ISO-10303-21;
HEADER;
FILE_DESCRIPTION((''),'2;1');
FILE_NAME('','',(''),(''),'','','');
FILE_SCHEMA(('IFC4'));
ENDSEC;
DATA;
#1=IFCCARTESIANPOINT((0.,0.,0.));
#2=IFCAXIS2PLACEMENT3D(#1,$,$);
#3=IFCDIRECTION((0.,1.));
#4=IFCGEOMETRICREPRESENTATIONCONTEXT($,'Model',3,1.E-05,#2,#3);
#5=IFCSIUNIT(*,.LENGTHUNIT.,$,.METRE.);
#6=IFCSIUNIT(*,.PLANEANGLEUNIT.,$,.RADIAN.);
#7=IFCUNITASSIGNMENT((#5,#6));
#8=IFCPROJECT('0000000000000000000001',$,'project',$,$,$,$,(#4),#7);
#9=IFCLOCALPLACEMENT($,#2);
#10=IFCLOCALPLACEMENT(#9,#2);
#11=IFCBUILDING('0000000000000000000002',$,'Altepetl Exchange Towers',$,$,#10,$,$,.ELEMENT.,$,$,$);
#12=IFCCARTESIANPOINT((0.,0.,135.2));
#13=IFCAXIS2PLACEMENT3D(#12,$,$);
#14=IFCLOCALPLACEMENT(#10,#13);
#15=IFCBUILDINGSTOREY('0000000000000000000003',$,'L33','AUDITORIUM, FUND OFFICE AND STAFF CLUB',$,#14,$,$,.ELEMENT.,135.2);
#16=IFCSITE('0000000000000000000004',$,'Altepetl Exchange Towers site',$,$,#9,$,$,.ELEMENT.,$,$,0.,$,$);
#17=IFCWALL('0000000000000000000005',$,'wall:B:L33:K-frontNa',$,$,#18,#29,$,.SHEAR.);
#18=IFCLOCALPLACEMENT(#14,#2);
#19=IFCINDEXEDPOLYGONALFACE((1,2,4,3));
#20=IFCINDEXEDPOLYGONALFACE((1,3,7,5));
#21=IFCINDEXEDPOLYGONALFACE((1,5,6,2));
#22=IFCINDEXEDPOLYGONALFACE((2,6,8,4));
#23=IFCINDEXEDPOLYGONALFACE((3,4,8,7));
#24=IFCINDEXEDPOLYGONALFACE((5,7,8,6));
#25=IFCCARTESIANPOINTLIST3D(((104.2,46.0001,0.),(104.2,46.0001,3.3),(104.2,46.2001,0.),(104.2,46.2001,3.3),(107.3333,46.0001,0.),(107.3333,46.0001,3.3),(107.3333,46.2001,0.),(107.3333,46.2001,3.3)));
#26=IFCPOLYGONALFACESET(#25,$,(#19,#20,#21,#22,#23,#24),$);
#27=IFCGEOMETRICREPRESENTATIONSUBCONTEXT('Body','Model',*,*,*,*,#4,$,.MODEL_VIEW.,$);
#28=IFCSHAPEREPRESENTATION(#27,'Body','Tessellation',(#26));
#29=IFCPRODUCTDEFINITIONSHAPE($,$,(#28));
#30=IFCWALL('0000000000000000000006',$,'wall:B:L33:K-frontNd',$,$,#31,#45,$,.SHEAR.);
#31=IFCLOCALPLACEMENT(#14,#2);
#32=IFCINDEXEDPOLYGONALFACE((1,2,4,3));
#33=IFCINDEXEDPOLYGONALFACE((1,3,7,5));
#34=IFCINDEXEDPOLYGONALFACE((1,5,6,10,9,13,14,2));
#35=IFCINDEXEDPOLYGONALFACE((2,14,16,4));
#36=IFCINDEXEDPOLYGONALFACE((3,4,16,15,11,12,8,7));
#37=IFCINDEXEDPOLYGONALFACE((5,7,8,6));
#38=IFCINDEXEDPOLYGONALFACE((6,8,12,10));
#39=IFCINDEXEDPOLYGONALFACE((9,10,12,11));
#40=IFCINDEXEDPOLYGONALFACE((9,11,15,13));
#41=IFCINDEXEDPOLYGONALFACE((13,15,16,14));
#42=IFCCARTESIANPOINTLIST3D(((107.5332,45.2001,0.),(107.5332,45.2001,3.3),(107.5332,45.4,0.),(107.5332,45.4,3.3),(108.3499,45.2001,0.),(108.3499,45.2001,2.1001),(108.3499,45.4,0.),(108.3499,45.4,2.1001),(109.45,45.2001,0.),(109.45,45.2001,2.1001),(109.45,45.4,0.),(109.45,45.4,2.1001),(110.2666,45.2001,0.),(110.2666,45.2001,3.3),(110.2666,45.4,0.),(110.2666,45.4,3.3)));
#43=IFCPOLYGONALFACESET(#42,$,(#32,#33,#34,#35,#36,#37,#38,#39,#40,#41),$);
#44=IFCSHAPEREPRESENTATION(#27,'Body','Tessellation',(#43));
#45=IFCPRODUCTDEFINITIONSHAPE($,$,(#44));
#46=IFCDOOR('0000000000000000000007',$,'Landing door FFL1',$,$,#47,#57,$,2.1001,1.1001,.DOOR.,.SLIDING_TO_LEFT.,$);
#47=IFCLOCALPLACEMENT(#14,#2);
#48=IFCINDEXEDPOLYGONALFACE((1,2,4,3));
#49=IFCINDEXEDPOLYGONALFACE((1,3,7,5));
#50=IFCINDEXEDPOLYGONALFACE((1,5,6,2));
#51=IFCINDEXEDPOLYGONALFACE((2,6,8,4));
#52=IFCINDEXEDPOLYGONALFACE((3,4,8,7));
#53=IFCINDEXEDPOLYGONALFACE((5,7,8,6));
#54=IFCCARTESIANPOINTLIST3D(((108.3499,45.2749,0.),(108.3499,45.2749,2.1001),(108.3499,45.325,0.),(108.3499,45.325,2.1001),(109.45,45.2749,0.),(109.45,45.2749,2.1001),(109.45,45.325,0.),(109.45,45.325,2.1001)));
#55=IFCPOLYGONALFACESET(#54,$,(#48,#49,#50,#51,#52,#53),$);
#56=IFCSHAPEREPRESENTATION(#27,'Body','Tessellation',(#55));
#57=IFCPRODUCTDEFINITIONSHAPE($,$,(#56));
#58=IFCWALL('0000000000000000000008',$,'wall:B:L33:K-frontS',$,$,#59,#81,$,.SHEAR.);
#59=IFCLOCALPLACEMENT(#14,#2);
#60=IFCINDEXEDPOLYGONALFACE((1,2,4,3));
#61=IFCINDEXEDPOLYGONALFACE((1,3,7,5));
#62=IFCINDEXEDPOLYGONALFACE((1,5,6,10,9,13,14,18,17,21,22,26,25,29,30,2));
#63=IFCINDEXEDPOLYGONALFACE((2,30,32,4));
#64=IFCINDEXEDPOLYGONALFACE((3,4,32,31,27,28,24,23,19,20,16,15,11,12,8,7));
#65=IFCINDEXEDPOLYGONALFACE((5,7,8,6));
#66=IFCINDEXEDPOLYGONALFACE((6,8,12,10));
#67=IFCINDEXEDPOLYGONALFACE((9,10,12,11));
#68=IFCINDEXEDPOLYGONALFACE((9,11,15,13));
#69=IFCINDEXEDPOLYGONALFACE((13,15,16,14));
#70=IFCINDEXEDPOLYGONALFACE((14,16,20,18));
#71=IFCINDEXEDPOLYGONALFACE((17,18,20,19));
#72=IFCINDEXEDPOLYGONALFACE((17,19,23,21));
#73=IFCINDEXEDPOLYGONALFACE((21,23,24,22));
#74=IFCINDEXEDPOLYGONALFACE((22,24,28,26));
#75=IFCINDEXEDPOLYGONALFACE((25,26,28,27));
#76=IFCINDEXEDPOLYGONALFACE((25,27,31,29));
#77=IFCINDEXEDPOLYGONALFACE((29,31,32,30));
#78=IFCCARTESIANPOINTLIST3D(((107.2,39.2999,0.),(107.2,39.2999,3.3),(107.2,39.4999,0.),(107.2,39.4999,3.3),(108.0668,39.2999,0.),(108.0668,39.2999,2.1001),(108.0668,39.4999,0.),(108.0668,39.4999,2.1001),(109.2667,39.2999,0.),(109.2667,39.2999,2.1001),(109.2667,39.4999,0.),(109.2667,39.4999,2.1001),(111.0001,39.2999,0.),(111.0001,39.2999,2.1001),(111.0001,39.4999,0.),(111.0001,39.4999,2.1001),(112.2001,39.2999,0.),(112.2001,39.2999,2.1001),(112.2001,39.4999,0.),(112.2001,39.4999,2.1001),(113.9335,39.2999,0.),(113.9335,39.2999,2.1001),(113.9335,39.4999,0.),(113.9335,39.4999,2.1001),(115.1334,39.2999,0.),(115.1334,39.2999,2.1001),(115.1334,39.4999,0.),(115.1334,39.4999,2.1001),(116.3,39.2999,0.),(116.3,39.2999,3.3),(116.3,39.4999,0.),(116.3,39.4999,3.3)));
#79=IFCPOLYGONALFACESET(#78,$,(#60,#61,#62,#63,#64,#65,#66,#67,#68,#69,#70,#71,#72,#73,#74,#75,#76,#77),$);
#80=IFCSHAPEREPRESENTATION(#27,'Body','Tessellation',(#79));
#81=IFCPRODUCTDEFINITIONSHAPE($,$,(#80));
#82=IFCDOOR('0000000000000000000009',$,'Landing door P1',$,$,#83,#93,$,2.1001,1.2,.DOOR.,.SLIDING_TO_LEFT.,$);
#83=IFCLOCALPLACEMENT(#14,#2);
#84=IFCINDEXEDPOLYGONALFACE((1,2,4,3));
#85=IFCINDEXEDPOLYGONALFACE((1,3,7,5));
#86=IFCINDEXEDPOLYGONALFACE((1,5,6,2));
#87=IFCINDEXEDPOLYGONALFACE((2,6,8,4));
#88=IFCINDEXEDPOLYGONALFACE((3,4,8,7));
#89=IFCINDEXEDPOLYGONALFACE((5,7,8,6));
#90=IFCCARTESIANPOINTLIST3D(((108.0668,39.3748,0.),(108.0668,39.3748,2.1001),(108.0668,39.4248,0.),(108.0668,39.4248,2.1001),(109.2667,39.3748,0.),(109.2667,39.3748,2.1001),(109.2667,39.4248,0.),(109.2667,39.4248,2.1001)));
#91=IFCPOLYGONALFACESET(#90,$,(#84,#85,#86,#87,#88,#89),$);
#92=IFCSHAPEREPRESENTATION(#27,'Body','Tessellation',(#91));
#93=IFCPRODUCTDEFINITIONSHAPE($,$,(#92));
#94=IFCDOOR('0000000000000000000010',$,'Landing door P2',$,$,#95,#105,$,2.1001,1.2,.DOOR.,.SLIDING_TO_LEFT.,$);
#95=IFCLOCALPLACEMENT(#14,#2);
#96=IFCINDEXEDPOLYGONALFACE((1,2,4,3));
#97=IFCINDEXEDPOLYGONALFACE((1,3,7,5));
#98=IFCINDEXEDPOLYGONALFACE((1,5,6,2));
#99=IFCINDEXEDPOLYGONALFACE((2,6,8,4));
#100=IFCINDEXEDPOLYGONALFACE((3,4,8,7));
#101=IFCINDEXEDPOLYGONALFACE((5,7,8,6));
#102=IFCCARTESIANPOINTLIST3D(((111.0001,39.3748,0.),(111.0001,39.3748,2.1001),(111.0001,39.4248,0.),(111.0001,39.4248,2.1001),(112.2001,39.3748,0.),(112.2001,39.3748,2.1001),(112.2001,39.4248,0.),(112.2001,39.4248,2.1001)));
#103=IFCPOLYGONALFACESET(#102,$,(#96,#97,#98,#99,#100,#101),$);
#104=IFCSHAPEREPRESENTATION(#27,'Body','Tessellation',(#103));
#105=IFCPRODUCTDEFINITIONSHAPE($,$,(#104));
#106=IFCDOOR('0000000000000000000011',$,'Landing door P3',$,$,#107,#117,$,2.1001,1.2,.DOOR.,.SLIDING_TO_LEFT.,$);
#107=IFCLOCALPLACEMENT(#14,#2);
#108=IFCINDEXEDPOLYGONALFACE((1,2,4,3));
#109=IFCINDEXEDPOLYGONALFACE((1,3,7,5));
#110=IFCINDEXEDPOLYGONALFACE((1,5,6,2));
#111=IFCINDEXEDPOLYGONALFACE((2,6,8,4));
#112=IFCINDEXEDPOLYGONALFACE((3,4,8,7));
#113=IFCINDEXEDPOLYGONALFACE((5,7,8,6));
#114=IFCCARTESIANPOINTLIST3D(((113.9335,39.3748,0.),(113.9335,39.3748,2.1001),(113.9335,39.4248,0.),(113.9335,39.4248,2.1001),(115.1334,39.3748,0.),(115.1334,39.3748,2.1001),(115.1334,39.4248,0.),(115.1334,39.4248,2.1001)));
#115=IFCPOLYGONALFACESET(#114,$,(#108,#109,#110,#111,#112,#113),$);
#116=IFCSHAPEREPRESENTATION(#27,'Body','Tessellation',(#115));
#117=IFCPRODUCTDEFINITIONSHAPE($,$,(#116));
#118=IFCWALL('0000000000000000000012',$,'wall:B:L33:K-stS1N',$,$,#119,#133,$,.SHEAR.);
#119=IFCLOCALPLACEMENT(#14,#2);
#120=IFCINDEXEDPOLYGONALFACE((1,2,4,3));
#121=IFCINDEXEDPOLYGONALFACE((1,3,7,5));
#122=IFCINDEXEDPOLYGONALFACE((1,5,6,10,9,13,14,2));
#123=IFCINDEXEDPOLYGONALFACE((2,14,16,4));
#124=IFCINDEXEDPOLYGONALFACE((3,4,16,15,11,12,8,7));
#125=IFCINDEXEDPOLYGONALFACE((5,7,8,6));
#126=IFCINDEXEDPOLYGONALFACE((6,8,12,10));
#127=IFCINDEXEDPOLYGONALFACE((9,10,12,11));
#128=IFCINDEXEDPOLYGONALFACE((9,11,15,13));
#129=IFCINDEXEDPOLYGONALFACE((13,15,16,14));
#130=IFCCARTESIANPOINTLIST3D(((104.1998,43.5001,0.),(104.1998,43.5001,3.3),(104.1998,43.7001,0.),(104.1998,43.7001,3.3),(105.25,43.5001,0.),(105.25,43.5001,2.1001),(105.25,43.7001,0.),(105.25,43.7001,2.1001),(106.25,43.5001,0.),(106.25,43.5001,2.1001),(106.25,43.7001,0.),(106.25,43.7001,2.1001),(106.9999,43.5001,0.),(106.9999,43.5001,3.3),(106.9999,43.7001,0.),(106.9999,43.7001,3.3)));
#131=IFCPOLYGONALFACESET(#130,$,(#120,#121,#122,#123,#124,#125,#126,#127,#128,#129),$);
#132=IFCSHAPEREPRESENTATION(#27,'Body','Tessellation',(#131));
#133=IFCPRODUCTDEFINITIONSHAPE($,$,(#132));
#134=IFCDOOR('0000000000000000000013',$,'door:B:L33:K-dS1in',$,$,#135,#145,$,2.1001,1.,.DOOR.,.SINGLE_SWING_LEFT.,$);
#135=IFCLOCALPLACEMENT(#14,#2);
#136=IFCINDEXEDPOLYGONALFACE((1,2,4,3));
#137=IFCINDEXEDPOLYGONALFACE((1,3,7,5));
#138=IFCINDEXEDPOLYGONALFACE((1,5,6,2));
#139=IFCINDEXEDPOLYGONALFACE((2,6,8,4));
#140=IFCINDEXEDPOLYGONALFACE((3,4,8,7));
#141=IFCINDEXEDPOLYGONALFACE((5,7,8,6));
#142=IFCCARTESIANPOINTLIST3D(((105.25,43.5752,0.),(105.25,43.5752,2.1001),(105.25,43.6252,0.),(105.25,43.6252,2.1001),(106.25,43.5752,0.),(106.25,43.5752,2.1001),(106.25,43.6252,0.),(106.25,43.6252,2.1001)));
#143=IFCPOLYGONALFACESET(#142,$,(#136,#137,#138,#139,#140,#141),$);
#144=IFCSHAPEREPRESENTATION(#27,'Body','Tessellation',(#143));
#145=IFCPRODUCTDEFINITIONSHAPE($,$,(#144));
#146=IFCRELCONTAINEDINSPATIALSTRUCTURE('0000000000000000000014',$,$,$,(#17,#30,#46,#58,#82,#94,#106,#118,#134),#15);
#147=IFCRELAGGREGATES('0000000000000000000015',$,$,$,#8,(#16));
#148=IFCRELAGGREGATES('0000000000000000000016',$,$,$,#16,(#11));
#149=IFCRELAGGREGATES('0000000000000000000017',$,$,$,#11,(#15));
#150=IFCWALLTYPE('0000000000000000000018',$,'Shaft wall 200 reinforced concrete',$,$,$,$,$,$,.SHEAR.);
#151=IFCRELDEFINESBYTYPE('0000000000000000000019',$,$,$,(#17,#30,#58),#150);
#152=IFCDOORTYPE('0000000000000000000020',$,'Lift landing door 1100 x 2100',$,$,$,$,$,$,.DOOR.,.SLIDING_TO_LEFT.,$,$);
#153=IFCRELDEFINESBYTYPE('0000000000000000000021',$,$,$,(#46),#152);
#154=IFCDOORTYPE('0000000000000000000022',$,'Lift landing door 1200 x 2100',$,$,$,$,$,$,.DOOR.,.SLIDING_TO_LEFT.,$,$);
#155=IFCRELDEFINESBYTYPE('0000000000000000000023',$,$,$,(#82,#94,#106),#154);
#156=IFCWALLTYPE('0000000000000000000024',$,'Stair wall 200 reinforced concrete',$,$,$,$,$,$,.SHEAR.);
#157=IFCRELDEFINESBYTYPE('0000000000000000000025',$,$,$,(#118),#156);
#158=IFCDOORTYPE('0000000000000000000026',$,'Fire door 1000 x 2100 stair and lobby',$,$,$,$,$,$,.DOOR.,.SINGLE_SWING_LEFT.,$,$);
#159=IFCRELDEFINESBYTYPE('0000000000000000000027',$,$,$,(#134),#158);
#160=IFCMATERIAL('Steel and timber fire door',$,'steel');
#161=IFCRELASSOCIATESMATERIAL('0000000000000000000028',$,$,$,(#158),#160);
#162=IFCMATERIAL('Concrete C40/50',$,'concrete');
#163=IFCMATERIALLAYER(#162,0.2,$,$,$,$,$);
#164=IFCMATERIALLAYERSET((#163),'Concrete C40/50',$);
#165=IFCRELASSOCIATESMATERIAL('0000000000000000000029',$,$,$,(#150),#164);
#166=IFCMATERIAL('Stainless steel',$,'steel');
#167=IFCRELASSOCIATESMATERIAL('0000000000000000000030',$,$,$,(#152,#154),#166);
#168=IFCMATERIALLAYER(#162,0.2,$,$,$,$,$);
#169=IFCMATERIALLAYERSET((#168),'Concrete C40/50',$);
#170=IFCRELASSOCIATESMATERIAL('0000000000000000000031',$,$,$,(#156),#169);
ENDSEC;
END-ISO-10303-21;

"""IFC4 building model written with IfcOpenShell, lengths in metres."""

from ifc_helpers import new_model, si_unit, direction, frame, frame_2d, origin, place, context, subcontext, project, spatial, rectangle, extrude, material, layer, layer_set, type_object, element, fill, save


model = new_model("IFC4")

# Units and contexts
model_context = context("Model", 3, precision=1e-05, world=origin(), true_north=direction((0.0, 1.0)))
body_context = subcontext(model_context, "Body", "Model", "MODEL_VIEW")
ifc_project = project(units=[si_unit("LENGTHUNIT", "METRE"), si_unit("PLANEANGLEUNIT", "RADIAN")], contexts=[model_context])

# Site, building, storey
site_placement = place(None, origin())
site = spatial("IfcSite", under=ifc_project, at=site_placement, Name="Altepetl Exchange Towers site", CompositionType="ELEMENT", RefElevation=0.0)
building_placement = place(site_placement, origin())
building = spatial("IfcBuilding", under=site, at=building_placement, Name="Altepetl Exchange Towers", CompositionType="ELEMENT")
storey_placement = place(building_placement, frame((0.0, 0.0, 135.2)))
storey = spatial("IfcBuildingStorey", under=building, at=storey_placement, Name="L33", Description="AUDITORIUM, FUND OFFICE AND STAFF CLUB", CompositionType="ELEMENT", Elevation=135.2)

# Shared definitions
ifc_material_1 = material(Name="Steel and timber fire door", Category="steel")
door_type_1 = type_object("IfcDoorType", Name="Fire door 1000 x 2100 stair and lobby", OperationType="SINGLE_SWING_LEFT", PredefinedType="DOOR", material=ifc_material_1)

# Wall
ifc_material_2 = material(Name="Concrete C40/50", Category="concrete")
ifc_layer_1 = layer(ifc_material_2, 0.2)
ifc_layer_set_1 = layer_set([ifc_layer_1], Name="Concrete C40/50")
wall_type_1 = type_object("IfcWallType", Name="Shaft wall 200 reinforced concrete", PredefinedType="SHEAR", material=ifc_layer_set_1)
wall_1_placement = place(storey_placement, frame((104.2, 46.1001, 0.0)))
element("IfcWall", 1, at=wall_1_placement, inside=storey, type_object=wall_type_1, Name="wall:B:L33:K-frontNa", PredefinedType="SHEAR", context=body_context, shape_type="SweptSolid", body=[
    extrude(rectangle(XDim=3.1333, YDim=0.2, at=frame_2d((1.5667, 0.0))), origin(), (0.0, 0.0, 1.0), 3.3),
])

# Wall, opening, door
wall_2_placement = place(storey_placement, frame((107.5332, 45.3, 0.0)))
wall_2 = element("IfcWall", 2, at=wall_2_placement, inside=storey, type_object=wall_type_1, Name="wall:B:L33:K-frontNd", PredefinedType="SHEAR", context=body_context, shape_type="SweptSolid", body=[
    extrude(rectangle(XDim=2.7334, YDim=0.2, at=frame_2d((1.3667, 0.0))), origin(), (0.0, 0.0, 1.0), 3.3),
])
opening_1_placement = place(wall_2_placement, frame((0.8167, 0.0, 0.0)))
opening_1 = element("IfcOpeningElement", 3, at=opening_1_placement, cuts=wall_2, PredefinedType="OPENING", context=body_context, shape_type="SweptSolid", body=[
    extrude(rectangle(XDim=1.1001, YDim=2.1001, at=frame_2d((0.55, 1.05))), frame((0.0, 0.1099, 0.0), z_axis=(0.0, -1.0, 0.0), x_axis=(1.0, 0.0, 0.0)), (0.0, 0.0, 1.0), 0.22),
])
ifc_material_3 = material(Name="Stainless steel", Category="steel")
door_type_2 = type_object("IfcDoorType", Name="Lift landing door 1100 x 2100", OperationType="SLIDING_TO_LEFT", PredefinedType="DOOR", material=ifc_material_3)
door_1_placement = place(opening_1_placement, origin())
door_1 = element("IfcDoor", 4, at=door_1_placement, inside=storey, type_object=door_type_2, Name="Landing door FFL1", OperationType="SLIDING_TO_LEFT", OverallHeight=2.1001, OverallWidth=1.1001, PredefinedType="DOOR", context=body_context, shape_type="SweptSolid", body=[
    extrude(rectangle(XDim=1.1001, YDim=2.1001, at=frame_2d((0.55, 1.05))), frame((0.0, 0.0249, 0.0), z_axis=(0.0, -1.0, 0.0), x_axis=(1.0, 0.0, 0.0)), (0.0, 0.0, 1.0), 0.05),
])
fill(opening_1, door_1)

# Wall, openings, doors
wall_3_placement = place(storey_placement, frame((107.2, 39.3999, 0.0)))
wall_3 = element("IfcWall", 5, at=wall_3_placement, inside=storey, type_object=wall_type_1, Name="wall:B:L33:K-frontS", PredefinedType="SHEAR", context=body_context, shape_type="SweptSolid", body=[
    extrude(rectangle(XDim=9.1001, YDim=0.2, at=frame_2d((4.55, 0.0))), origin(), (0.0, 0.0, 1.0), 3.3),
])
opening_2_placement = place(wall_3_placement, frame((0.8667, 0.0, 0.0)))
opening_2 = element("IfcOpeningElement", 6, at=opening_2_placement, cuts=wall_3, PredefinedType="OPENING", context=body_context, shape_type="SweptSolid", body=[
    extrude(rectangle(XDim=1.2, YDim=2.1001, at=frame_2d((0.6001, 1.05))), frame((0.0, 0.1099, 0.0), z_axis=(0.0, -1.0, 0.0), x_axis=(1.0, 0.0, 0.0)), (0.0, 0.0, 1.0), 0.22),
])
opening_3_placement = place(wall_3_placement, frame((3.8, 0.0, 0.0)))
opening_3 = element("IfcOpeningElement", 7, at=opening_3_placement, cuts=wall_3, PredefinedType="OPENING", context=body_context, shape_type="SweptSolid", body=[
    extrude(rectangle(XDim=1.2, YDim=2.1001, at=frame_2d((0.6001, 1.05))), frame((0.0, 0.1099, 0.0), z_axis=(0.0, -1.0, 0.0), x_axis=(1.0, 0.0, 0.0)), (0.0, 0.0, 1.0), 0.22),
])
opening_4_placement = place(wall_3_placement, frame((6.7334, 0.0, 0.0)))
opening_4 = element("IfcOpeningElement", 8, at=opening_4_placement, cuts=wall_3, PredefinedType="OPENING", context=body_context, shape_type="SweptSolid", body=[
    extrude(rectangle(XDim=1.2, YDim=2.1001, at=frame_2d((0.6001, 1.05))), frame((0.0, 0.1099, 0.0), z_axis=(0.0, -1.0, 0.0), x_axis=(1.0, 0.0, 0.0)), (0.0, 0.0, 1.0), 0.22),
])
door_type_3 = type_object("IfcDoorType", Name="Lift landing door 1200 x 2100", OperationType="SLIDING_TO_LEFT", PredefinedType="DOOR", material=ifc_material_3)
door_2_placement = place(opening_2_placement, origin())
door_2 = element("IfcDoor", 9, at=door_2_placement, inside=storey, type_object=door_type_3, Name="Landing door P1", OperationType="SLIDING_TO_LEFT", OverallHeight=2.1001, OverallWidth=1.2, PredefinedType="DOOR", context=body_context, shape_type="SweptSolid", body=[
    extrude(rectangle(XDim=1.2, YDim=2.1001, at=frame_2d((0.6001, 1.05))), frame((0.0, 0.0249, 0.0), z_axis=(0.0, -1.0, 0.0), x_axis=(1.0, 0.0, 0.0)), (0.0, 0.0, 1.0), 0.05),
])
fill(opening_2, door_2)
door_3_placement = place(opening_3_placement, origin())
door_3 = element("IfcDoor", 10, at=door_3_placement, inside=storey, type_object=door_type_3, Name="Landing door P2", OperationType="SLIDING_TO_LEFT", OverallHeight=2.1001, OverallWidth=1.2, PredefinedType="DOOR", context=body_context, shape_type="SweptSolid", body=[
    extrude(rectangle(XDim=1.2, YDim=2.1001, at=frame_2d((0.6001, 1.05))), frame((0.0, 0.0249, 0.0), z_axis=(0.0, -1.0, 0.0), x_axis=(1.0, 0.0, 0.0)), (0.0, 0.0, 1.0), 0.05),
])
fill(opening_3, door_3)
door_4_placement = place(opening_4_placement, origin())
door_4 = element("IfcDoor", 11, at=door_4_placement, inside=storey, type_object=door_type_3, Name="Landing door P3", OperationType="SLIDING_TO_LEFT", OverallHeight=2.1001, OverallWidth=1.2, PredefinedType="DOOR", context=body_context, shape_type="SweptSolid", body=[
    extrude(rectangle(XDim=1.2, YDim=2.1001, at=frame_2d((0.6001, 1.05))), frame((0.0, 0.0249, 0.0), z_axis=(0.0, -1.0, 0.0), x_axis=(1.0, 0.0, 0.0)), (0.0, 0.0, 1.0), 0.05),
])
fill(opening_4, door_4)

# Wall, opening, door
ifc_layer_2 = layer(ifc_material_2, 0.2)
ifc_layer_set_2 = layer_set([ifc_layer_2], Name="Concrete C40/50")
wall_type_2 = type_object("IfcWallType", Name="Stair wall 200 reinforced concrete", PredefinedType="SHEAR", material=ifc_layer_set_2)
wall_4_placement = place(storey_placement, frame((104.2, 43.6001, 0.0)))
wall_4 = element("IfcWall", 12, at=wall_4_placement, inside=storey, type_object=wall_type_2, Name="wall:B:L33:K-stS1N", PredefinedType="SHEAR", context=body_context, shape_type="SweptSolid", body=[
    extrude(rectangle(XDim=2.8, YDim=0.2, at=frame_2d((1.3999, 0.0))), origin(), (0.0, 0.0, 1.0), 3.3),
])
opening_5_placement = place(wall_4_placement, frame((1.05, 0.0, 0.0)))
opening_5 = element("IfcOpeningElement", 13, at=opening_5_placement, cuts=wall_4, PredefinedType="OPENING", context=body_context, shape_type="SweptSolid", body=[
    extrude(rectangle(XDim=1.0, YDim=2.1001, at=frame_2d((0.5, 1.05))), frame((0.0, 0.1099, 0.0), z_axis=(0.0, -1.0, 0.0), x_axis=(1.0, 0.0, 0.0)), (0.0, 0.0, 1.0), 0.22),
])
door_5_placement = place(opening_5_placement, frame((1.0, 0.0, 0.0), x_axis=(-1.0, 0.0, 0.0)))
door_5 = element("IfcDoor", 14, at=door_5_placement, inside=storey, type_object=door_type_1, Name="door:B:L33:K-dS1in", OperationType="SINGLE_SWING_LEFT", OverallHeight=2.1001, OverallWidth=1.0, PredefinedType="DOOR", context=body_context, shape_type="SweptSolid", body=[
    extrude(rectangle(XDim=1.0, YDim=2.1001, at=frame_2d((0.5, 1.05))), frame((0.0, 0.0249, 0.0), z_axis=(0.0, -1.0, 0.0), x_axis=(1.0, 0.0, 0.0)), (0.0, 0.0, 1.0), 0.05),
])
fill(opening_5, door_5)

save(model, "model.ifc")
